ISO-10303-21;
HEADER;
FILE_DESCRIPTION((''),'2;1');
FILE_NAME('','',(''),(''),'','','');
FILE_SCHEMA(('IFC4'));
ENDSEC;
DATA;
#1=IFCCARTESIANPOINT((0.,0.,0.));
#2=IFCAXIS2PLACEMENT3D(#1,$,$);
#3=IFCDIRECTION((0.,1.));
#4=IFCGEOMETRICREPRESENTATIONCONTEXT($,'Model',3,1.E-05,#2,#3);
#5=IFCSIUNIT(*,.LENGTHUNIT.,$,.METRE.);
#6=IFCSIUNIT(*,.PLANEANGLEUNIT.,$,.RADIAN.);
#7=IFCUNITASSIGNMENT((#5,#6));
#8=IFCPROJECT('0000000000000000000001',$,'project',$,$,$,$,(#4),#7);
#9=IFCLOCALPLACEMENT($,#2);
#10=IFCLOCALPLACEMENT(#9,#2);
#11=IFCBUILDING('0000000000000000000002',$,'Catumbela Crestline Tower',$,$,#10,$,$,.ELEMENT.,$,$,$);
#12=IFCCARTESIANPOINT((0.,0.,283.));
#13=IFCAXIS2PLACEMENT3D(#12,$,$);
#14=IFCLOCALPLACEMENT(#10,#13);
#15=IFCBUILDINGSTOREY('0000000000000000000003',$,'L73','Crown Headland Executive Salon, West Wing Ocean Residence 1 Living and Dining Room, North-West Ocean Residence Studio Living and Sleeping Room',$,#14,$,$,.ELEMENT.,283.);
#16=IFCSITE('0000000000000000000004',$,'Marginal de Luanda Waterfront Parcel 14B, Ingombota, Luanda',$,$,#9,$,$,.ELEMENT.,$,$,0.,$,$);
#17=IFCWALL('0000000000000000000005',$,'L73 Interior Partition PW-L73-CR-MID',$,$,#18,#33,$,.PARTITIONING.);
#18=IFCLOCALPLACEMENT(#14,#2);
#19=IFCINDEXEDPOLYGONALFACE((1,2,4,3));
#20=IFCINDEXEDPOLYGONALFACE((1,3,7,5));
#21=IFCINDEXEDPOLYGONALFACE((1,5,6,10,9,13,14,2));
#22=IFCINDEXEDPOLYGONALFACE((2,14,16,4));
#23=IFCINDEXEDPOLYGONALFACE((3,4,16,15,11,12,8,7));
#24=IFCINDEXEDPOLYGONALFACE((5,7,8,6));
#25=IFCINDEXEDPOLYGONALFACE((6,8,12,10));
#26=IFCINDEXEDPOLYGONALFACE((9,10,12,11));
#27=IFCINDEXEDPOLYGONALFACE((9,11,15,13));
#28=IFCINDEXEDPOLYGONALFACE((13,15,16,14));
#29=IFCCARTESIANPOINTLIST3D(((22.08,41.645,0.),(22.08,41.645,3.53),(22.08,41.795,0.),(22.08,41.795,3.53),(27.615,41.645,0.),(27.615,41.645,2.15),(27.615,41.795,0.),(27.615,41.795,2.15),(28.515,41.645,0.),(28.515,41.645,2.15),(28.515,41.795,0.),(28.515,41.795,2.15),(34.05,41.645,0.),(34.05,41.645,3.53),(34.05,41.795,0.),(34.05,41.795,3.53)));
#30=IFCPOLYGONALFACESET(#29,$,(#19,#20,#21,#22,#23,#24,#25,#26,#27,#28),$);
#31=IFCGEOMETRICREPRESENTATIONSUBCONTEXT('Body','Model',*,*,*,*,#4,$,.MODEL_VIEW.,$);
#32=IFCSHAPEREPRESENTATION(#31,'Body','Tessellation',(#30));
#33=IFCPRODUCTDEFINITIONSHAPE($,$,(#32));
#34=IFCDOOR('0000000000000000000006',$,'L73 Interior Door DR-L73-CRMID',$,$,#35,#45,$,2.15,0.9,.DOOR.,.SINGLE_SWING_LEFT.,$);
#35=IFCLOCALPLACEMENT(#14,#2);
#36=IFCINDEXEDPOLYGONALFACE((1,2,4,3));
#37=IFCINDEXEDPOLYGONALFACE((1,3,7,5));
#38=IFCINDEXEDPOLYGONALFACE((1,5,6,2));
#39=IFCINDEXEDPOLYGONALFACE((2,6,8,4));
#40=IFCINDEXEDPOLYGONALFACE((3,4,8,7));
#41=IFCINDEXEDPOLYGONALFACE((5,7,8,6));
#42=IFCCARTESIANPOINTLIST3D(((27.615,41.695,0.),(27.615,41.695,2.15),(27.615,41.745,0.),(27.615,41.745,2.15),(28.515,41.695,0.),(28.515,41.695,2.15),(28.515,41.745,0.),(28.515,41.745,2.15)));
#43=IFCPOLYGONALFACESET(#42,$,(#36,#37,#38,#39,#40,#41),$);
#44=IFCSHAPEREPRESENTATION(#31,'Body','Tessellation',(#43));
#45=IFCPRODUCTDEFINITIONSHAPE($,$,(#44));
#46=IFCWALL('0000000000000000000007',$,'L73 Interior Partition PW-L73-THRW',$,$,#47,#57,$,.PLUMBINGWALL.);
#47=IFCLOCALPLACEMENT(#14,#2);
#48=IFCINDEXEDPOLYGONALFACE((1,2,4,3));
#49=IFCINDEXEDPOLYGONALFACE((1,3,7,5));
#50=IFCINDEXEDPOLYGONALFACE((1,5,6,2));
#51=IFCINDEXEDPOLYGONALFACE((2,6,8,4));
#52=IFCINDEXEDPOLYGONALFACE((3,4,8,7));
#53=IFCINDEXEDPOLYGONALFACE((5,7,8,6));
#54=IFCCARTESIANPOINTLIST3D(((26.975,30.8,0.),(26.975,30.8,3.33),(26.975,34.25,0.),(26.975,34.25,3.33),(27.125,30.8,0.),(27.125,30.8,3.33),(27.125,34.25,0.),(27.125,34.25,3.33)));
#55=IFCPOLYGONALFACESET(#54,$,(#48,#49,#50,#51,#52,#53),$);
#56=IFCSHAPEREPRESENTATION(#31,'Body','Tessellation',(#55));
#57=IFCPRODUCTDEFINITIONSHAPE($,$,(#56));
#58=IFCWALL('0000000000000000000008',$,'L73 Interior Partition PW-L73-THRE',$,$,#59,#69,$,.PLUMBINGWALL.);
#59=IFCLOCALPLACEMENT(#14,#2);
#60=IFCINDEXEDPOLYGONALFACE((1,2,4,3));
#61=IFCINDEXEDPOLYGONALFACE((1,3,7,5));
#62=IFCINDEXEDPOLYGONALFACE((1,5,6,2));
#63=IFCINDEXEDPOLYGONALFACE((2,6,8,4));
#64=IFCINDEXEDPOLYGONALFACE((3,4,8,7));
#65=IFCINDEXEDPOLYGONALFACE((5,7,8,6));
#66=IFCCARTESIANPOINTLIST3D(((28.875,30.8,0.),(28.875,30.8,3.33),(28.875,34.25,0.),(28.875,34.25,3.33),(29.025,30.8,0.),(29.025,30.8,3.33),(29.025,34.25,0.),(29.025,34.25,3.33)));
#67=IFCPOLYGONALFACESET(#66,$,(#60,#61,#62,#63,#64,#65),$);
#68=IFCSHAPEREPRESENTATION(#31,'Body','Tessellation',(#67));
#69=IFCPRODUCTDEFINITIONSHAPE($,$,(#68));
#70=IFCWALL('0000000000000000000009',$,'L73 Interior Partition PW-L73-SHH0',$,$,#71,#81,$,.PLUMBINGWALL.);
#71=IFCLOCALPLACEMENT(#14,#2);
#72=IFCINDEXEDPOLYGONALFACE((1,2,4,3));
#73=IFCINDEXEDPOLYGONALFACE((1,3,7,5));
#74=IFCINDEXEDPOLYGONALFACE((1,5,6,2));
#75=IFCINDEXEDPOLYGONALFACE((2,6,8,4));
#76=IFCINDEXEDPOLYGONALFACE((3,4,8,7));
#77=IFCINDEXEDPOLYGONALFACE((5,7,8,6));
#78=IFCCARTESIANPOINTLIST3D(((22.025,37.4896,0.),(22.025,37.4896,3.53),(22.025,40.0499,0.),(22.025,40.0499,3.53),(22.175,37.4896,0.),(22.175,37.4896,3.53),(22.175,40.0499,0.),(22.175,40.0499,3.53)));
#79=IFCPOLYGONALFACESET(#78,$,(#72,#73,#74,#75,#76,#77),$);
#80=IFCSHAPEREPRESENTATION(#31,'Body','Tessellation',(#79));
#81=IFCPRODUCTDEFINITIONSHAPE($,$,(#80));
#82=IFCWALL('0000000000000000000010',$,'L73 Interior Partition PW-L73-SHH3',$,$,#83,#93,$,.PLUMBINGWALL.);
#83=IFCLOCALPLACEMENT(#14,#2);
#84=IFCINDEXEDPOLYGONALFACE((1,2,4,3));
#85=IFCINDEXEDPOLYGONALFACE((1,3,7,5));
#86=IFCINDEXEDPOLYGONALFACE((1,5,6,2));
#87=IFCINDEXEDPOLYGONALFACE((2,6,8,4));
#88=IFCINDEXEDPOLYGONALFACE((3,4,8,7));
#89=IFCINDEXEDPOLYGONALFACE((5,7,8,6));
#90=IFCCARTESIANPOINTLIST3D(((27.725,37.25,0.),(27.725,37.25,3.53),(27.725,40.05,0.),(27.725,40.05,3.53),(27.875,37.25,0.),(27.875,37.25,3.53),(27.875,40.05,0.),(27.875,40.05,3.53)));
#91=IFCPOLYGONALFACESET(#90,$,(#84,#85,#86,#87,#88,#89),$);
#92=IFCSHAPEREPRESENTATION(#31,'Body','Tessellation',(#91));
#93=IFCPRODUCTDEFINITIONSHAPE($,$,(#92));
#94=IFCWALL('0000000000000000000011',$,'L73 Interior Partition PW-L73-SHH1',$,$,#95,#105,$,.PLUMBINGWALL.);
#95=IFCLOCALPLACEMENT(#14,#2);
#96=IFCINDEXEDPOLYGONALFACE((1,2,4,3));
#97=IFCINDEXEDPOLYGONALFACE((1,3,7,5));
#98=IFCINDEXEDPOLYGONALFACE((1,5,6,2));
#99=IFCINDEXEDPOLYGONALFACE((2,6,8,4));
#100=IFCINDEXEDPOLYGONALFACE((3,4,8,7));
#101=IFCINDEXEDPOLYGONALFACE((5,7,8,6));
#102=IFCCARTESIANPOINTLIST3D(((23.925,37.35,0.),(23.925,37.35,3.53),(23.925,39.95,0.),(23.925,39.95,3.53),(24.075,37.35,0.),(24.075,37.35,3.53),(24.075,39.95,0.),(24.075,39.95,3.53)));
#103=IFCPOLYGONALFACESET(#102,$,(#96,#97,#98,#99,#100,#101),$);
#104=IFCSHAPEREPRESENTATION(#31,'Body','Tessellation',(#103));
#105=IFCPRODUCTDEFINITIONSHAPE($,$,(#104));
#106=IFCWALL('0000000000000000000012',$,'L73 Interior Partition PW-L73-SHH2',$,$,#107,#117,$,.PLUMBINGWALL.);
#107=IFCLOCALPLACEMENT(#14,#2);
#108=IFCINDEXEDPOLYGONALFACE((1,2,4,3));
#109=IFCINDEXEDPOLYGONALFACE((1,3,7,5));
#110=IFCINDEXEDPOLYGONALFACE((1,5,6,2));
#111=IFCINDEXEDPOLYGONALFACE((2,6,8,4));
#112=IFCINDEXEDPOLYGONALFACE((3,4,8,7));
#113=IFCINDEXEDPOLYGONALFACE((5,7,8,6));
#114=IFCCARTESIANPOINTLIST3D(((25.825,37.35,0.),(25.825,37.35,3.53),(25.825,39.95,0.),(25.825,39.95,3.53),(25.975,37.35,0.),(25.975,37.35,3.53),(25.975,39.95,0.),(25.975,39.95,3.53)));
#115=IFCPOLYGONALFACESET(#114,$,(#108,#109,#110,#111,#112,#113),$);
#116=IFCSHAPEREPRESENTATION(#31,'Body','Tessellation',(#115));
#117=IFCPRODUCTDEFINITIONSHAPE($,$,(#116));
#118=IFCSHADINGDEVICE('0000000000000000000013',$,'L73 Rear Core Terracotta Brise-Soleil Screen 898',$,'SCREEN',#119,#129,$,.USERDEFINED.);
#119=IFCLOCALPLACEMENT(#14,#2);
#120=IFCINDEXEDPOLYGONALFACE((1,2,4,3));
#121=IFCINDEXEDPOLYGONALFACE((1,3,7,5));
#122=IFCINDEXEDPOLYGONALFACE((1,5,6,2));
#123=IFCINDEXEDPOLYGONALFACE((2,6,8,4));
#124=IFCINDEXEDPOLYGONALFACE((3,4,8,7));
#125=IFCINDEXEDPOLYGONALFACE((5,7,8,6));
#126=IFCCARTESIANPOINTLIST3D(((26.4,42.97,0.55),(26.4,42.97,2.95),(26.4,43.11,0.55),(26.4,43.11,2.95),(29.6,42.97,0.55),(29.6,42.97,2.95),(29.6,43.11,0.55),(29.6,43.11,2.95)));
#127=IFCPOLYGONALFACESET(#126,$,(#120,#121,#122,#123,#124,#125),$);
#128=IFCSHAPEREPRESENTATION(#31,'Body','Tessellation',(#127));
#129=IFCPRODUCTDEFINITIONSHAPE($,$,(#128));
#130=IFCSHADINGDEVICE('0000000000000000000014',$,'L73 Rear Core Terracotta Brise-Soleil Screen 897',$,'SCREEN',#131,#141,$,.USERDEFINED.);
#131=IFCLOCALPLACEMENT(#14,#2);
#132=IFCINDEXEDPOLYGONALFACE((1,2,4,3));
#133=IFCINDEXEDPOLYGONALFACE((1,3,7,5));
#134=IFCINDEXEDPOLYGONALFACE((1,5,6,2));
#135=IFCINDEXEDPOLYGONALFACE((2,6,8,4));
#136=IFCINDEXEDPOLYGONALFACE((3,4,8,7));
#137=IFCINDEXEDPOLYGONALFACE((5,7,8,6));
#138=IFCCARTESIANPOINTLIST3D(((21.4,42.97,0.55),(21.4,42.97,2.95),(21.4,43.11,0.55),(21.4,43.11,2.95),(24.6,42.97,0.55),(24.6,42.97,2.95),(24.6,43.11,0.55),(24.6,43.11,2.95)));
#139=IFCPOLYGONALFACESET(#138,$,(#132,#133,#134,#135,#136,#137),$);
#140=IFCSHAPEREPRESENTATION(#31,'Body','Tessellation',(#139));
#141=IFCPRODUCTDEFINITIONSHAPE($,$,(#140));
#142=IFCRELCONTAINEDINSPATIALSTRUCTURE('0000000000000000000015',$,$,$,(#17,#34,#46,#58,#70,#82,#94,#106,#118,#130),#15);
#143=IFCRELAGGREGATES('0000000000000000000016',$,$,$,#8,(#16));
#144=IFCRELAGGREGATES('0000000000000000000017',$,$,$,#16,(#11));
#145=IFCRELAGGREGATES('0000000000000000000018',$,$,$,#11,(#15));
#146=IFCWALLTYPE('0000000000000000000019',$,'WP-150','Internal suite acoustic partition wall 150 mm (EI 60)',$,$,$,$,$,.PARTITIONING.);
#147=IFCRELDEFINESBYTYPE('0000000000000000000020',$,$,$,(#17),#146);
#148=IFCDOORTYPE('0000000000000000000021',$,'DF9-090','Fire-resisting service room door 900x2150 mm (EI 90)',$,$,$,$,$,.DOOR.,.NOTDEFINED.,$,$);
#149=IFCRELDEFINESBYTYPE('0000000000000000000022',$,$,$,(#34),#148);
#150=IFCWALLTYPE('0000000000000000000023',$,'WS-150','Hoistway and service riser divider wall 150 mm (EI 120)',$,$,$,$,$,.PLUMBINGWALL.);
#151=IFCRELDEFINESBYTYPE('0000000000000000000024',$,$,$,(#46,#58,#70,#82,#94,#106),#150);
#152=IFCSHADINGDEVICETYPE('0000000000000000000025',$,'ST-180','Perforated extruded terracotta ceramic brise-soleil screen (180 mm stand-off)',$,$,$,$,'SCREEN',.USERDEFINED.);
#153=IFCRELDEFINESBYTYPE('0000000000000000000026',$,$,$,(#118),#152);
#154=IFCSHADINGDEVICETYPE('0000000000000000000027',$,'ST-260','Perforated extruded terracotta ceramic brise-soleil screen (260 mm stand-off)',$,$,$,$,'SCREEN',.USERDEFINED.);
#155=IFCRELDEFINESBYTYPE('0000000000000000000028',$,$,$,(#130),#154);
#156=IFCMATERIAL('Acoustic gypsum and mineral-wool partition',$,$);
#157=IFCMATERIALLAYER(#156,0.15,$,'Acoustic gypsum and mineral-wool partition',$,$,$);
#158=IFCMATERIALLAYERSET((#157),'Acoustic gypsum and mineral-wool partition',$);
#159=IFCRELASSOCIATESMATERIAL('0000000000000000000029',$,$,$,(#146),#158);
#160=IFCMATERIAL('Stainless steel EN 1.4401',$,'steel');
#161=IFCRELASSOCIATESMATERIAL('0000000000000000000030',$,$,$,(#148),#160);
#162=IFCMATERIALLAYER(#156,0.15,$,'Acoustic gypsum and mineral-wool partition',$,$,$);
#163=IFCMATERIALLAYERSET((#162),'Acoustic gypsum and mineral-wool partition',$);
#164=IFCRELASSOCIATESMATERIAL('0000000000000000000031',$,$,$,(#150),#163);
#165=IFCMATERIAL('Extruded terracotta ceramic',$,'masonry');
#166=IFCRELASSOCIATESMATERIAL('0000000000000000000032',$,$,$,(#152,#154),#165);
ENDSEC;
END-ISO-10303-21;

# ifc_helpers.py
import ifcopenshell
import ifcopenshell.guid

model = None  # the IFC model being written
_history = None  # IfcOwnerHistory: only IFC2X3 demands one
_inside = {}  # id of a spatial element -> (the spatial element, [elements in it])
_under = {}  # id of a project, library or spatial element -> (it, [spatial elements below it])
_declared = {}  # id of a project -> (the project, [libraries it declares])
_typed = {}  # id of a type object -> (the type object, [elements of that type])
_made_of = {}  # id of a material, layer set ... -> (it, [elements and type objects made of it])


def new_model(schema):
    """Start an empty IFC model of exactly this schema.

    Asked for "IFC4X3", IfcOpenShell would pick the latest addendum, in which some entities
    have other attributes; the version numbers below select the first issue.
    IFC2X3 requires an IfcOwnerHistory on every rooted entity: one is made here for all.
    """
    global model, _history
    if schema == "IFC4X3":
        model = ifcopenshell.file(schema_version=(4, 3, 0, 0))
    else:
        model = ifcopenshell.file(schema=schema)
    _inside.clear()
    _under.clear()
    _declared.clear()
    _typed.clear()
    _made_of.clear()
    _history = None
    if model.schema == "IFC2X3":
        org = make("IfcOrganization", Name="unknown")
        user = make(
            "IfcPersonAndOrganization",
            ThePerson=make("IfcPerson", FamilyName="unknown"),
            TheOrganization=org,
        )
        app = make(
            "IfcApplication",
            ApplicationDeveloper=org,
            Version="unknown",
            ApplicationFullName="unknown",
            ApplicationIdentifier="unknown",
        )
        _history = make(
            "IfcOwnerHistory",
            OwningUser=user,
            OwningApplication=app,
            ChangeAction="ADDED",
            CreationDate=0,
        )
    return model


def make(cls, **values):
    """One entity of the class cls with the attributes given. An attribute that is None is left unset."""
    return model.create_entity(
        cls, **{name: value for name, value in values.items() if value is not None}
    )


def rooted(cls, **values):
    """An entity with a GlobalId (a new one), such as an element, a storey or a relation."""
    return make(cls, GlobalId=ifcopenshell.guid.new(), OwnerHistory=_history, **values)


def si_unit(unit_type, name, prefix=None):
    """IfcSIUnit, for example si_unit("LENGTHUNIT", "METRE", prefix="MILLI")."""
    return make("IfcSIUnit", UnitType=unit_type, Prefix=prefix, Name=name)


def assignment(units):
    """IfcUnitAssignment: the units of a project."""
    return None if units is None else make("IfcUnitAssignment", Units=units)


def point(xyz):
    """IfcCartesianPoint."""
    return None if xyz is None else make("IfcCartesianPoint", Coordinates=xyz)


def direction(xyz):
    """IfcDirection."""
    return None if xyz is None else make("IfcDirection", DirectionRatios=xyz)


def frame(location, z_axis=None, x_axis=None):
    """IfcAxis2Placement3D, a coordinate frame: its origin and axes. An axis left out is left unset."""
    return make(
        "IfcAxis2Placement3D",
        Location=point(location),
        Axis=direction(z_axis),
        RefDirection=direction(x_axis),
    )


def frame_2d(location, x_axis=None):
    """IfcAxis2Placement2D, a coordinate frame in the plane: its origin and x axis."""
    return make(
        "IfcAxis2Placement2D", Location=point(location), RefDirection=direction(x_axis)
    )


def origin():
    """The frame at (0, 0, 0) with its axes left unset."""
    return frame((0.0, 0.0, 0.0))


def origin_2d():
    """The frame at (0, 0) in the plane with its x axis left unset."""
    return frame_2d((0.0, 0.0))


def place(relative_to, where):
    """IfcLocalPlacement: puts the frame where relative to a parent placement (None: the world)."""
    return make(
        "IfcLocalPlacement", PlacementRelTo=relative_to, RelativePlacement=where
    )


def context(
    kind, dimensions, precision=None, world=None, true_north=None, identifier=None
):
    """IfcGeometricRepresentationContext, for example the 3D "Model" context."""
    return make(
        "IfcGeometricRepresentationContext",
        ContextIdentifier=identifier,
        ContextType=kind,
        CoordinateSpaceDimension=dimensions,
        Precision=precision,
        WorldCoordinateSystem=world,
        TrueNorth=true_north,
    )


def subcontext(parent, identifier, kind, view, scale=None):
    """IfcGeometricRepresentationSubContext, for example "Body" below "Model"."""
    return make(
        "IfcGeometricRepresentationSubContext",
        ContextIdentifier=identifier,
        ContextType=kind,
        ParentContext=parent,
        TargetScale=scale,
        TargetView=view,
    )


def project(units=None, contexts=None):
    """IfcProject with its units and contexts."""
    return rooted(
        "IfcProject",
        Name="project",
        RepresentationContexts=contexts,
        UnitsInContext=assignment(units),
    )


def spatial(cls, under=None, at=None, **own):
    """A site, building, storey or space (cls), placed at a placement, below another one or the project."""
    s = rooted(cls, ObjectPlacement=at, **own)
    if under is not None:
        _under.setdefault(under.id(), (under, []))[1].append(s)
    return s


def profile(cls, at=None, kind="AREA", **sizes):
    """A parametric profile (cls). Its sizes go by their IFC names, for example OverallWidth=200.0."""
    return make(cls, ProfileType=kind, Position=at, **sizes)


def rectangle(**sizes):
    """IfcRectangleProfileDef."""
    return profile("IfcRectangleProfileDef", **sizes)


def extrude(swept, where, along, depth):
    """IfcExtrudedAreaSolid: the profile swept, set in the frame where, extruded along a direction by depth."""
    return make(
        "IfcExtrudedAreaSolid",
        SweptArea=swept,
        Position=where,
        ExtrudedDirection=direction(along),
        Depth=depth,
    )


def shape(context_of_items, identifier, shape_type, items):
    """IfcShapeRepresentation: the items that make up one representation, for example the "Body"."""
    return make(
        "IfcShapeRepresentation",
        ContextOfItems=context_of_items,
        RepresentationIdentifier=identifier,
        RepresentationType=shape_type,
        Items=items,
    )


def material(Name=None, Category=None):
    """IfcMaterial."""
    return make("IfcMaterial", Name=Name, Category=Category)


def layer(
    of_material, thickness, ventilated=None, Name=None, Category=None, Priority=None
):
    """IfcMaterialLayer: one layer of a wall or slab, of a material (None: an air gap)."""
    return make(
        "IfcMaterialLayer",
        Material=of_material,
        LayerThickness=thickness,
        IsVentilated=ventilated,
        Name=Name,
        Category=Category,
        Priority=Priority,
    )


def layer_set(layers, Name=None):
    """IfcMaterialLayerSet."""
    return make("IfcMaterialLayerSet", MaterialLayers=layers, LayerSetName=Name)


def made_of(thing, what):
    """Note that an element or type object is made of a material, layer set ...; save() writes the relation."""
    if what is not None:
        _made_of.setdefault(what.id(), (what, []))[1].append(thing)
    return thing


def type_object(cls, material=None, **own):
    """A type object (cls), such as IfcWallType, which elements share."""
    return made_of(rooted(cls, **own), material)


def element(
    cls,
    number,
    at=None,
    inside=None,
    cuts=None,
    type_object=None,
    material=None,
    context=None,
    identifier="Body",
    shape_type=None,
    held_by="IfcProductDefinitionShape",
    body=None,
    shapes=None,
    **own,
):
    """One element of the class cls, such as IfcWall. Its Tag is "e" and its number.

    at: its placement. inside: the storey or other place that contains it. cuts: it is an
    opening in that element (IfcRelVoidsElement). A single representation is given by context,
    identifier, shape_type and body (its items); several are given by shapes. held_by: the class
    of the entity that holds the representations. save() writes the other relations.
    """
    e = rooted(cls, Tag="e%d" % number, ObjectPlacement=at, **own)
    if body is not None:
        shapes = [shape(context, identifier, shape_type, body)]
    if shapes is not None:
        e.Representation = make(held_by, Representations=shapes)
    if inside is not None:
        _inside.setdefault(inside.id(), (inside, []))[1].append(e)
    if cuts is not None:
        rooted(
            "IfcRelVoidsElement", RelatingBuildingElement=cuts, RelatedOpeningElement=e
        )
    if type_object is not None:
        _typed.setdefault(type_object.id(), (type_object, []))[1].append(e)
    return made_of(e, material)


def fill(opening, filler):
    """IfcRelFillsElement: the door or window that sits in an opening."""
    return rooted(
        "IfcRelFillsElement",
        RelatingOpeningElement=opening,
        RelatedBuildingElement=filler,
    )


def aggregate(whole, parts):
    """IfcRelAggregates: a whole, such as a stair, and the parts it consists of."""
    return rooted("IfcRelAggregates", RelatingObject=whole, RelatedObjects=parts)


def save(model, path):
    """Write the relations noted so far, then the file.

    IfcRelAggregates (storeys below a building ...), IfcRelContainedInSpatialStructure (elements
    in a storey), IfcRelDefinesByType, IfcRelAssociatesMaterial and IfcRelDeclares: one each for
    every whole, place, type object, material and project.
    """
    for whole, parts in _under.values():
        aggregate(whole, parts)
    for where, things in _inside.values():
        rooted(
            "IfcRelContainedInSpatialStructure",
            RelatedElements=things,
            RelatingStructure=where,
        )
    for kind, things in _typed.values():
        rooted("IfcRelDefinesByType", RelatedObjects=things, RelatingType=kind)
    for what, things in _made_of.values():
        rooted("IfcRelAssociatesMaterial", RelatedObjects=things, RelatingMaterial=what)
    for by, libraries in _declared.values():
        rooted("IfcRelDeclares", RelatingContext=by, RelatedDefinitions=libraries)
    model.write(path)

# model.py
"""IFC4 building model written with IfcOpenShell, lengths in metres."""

from ifc_helpers import new_model, si_unit, direction, frame, frame_2d, origin, origin_2d, place, context, subcontext, project, spatial, rectangle, extrude, material, layer, layer_set, type_object, element, fill, save


model = new_model("IFC4")

# Units and contexts
model_context = context("Model", 3, precision=1e-05, world=origin(), true_north=direction((0.0, 1.0)))
body_context = subcontext(model_context, "Body", "Model", "MODEL_VIEW")
ifc_project = project(units=[si_unit("LENGTHUNIT", "METRE"), si_unit("PLANEANGLEUNIT", "RADIAN")], contexts=[model_context])

# Site, building, storey
site_placement = place(None, origin())
site = spatial("IfcSite", under=ifc_project, at=site_placement, Name="Marginal de Luanda Waterfront Parcel 14B, Ingombota, Luanda", CompositionType="ELEMENT", RefElevation=0.0)
building_placement = place(site_placement, origin())
building = spatial("IfcBuilding", under=site, at=building_placement, Name="Catumbela Crestline Tower", CompositionType="ELEMENT")
storey_placement = place(building_placement, frame((0.0, 0.0, 283.0)))
storey = spatial("IfcBuildingStorey", under=building, at=storey_placement, Name="L73", Description="Crown Headland Executive Salon, West Wing Ocean Residence 1 Living and Dining Room, North-West Ocean Residence Studio Living and Sleeping Room", CompositionType="ELEMENT", Elevation=283.0)

# Wall, opening, door
ifc_material_1 = material(Name="Stainless steel EN 1.4401", Category="steel")
ifc_material_2 = material(Name="Acoustic gypsum and mineral-wool partition")
ifc_layer_1 = layer(ifc_material_2, 0.15, Name="Acoustic gypsum and mineral-wool partition")
ifc_layer_set_1 = layer_set([ifc_layer_1], Name="Acoustic gypsum and mineral-wool partition")
wall_type_1 = type_object("IfcWallType", Name="WP-150", Description="Internal suite acoustic partition wall 150 mm (EI 60)", PredefinedType="PARTITIONING", material=ifc_layer_set_1)
wall_1_placement = place(storey_placement, frame((22.08, 41.72, 0.0), z_axis=(0.0, 0.0, 1.0), x_axis=(1.0, 0.0, 0.0)))
wall_1 = element("IfcWall", 1, at=wall_1_placement, inside=storey, type_object=wall_type_1, Name="L73 Interior Partition PW-L73-CR-MID", PredefinedType="PARTITIONING", context=body_context, shape_type="SweptSolid", body=[
    extrude(rectangle(XDim=11.97, YDim=0.15, at=frame_2d((5.985, 0.0))), origin(), (0.0, 0.0, 1.0), 3.53),
])
opening_1_placement = place(wall_1_placement, frame((5.535, 0.0, 0.0)))
opening_1 = element("IfcOpeningElement", 2, at=opening_1_placement, cuts=wall_1, PredefinedType="OPENING", context=body_context, shape_type="SweptSolid", body=[
    extrude(rectangle(XDim=0.9, YDim=2.15, at=frame_2d((0.45, 1.075))), frame((0.0, 0.085, 0.0), z_axis=(0.0, -1.0, 0.0), x_axis=(1.0, 0.0, 0.0)), (0.0, 0.0, 1.0), 0.17),
])
door_type_1 = type_object("IfcDoorType", Name="DF9-090", Description="Fire-resisting service room door 900x2150 mm (EI 90)", OperationType="NOTDEFINED", PredefinedType="DOOR", material=ifc_material_1)
door_1_placement = place(opening_1_placement, origin())
door_1 = element("IfcDoor", 3, at=door_1_placement, inside=storey, type_object=door_type_1, Name="L73 Interior Door DR-L73-CRMID", OperationType="SINGLE_SWING_LEFT", OverallHeight=2.15, OverallWidth=0.9, PredefinedType="DOOR", context=body_context, shape_type="SweptSolid", body=[
    extrude(rectangle(XDim=0.9, YDim=2.15, at=frame_2d((0.45, 1.075))), frame((0.0, 0.025, 0.0), z_axis=(0.0, -1.0, 0.0), x_axis=(1.0, 0.0, 0.0)), (0.0, 0.0, 1.0), 0.05),
])
fill(opening_1, door_1)

# Walls
ifc_layer_2 = layer(ifc_material_2, 0.15, Name="Acoustic gypsum and mineral-wool partition")
ifc_layer_set_2 = layer_set([ifc_layer_2], Name="Acoustic gypsum and mineral-wool partition")
wall_type_2 = type_object("IfcWallType", Name="WS-150", Description="Hoistway and service riser divider wall 150 mm (EI 120)", PredefinedType="PLUMBINGWALL", material=ifc_layer_set_2)
for number, where, z_axis, x_axis, name in (
    (4, (27.05, 30.8, 0.0), (0.0, 0.0, 1.0), (0.0, 1.0, 0.0), "L73 Interior Partition PW-L73-THRW"),
    (5, (28.95, 30.8, 0.0), (0.0, 0.0, 1.0), (0.0, 1.0, 0.0), "L73 Interior Partition PW-L73-THRE"),
):
    element("IfcWall", number, at=place(storey_placement, frame(where, z_axis=z_axis, x_axis=x_axis)), inside=storey, type_object=wall_type_2, Name=name, PredefinedType="PLUMBINGWALL", context=body_context, shape_type="SweptSolid", body=[
        extrude(rectangle(XDim=3.45, YDim=0.15, at=frame_2d((1.725, 0.0))), origin(), (0.0, 0.0, 1.0), 3.33),
    ])
wall_2_placement = place(storey_placement, frame((22.1, 37.4897, 0.0), z_axis=(0.0, 0.0, 1.0), x_axis=(0.0, 1.0, 0.0)))
element("IfcWall", 6, at=wall_2_placement, inside=storey, type_object=wall_type_2, Name="L73 Interior Partition PW-L73-SHH0", PredefinedType="PLUMBINGWALL", context=body_context, shape_type="SweptSolid", body=[
    extrude(rectangle(XDim=2.5603, YDim=0.15, at=frame_2d((1.2801, 0.0))), origin(), (0.0, 0.0, 1.0), 3.53),
])
wall_3_placement = place(storey_placement, frame((27.8, 37.25, 0.0), z_axis=(0.0, 0.0, 1.0), x_axis=(0.0, 1.0, 0.0)))
element("IfcWall", 7, at=wall_3_placement, inside=storey, type_object=wall_type_2, Name="L73 Interior Partition PW-L73-SHH3", PredefinedType="PLUMBINGWALL", context=body_context, shape_type="SweptSolid", body=[
    extrude(rectangle(XDim=2.8, YDim=0.15, at=frame_2d((1.4, 0.0))), origin(), (0.0, 0.0, 1.0), 3.53),
])
for number, where, z_axis, x_axis, name in (
    (8, (24.0, 37.35, 0.0), (0.0, 0.0, 1.0), (0.0, 1.0, 0.0), "L73 Interior Partition PW-L73-SHH1"),
    (9, (25.9, 37.35, 0.0), (0.0, 0.0, 1.0), (0.0, 1.0, 0.0), "L73 Interior Partition PW-L73-SHH2"),
):
    element("IfcWall", number, at=place(storey_placement, frame(where, z_axis=z_axis, x_axis=x_axis)), inside=storey, type_object=wall_type_2, Name=name, PredefinedType="PLUMBINGWALL", context=body_context, shape_type="SweptSolid", body=[
        extrude(rectangle(XDim=2.6, YDim=0.15, at=frame_2d((1.3, 0.0))), origin(), (0.0, 0.0, 1.0), 3.53),
    ])

# Shading devices
ifc_material_3 = material(Name="Extruded terracotta ceramic", Category="masonry")
shading_device_type_1 = type_object("IfcShadingDeviceType", Name="ST-180", Description="Perforated extruded terracotta ceramic brise-soleil screen (180 mm stand-off)", ElementType="SCREEN", PredefinedType="USERDEFINED", material=ifc_material_3)
shading_device_1_placement = place(storey_placement, frame((28.0, 43.04, 0.55), z_axis=(0.0, 0.0, 1.0), x_axis=(1.0, 0.0, 0.0)))
element("IfcShadingDevice", 10, at=shading_device_1_placement, inside=storey, type_object=shading_device_type_1, Name="L73 Rear Core Terracotta Brise-Soleil Screen 898", ObjectType="SCREEN", PredefinedType="USERDEFINED", context=body_context, shape_type="SweptSolid", body=[
    extrude(rectangle(XDim=3.2, YDim=0.14, at=origin_2d()), origin(), (0.0, 0.0, 1.0), 2.4),
])
shading_device_type_2 = type_object("IfcShadingDeviceType", Name="ST-260", Description="Perforated extruded terracotta ceramic brise-soleil screen (260 mm stand-off)", ElementType="SCREEN", PredefinedType="USERDEFINED", material=ifc_material_3)
shading_device_2_placement = place(storey_placement, frame((23.0, 43.04, 0.55), z_axis=(0.0, 0.0, 1.0), x_axis=(1.0, 0.0, 0.0)))
element("IfcShadingDevice", 11, at=shading_device_2_placement, inside=storey, type_object=shading_device_type_2, Name="L73 Rear Core Terracotta Brise-Soleil Screen 897", ObjectType="SCREEN", PredefinedType="USERDEFINED", context=body_context, shape_type="SweptSolid", body=[
    extrude(rectangle(XDim=3.2, YDim=0.14, at=origin_2d()), origin(), (0.0, 0.0, 1.0), 2.4),
])

save(model, "model.ifc")
